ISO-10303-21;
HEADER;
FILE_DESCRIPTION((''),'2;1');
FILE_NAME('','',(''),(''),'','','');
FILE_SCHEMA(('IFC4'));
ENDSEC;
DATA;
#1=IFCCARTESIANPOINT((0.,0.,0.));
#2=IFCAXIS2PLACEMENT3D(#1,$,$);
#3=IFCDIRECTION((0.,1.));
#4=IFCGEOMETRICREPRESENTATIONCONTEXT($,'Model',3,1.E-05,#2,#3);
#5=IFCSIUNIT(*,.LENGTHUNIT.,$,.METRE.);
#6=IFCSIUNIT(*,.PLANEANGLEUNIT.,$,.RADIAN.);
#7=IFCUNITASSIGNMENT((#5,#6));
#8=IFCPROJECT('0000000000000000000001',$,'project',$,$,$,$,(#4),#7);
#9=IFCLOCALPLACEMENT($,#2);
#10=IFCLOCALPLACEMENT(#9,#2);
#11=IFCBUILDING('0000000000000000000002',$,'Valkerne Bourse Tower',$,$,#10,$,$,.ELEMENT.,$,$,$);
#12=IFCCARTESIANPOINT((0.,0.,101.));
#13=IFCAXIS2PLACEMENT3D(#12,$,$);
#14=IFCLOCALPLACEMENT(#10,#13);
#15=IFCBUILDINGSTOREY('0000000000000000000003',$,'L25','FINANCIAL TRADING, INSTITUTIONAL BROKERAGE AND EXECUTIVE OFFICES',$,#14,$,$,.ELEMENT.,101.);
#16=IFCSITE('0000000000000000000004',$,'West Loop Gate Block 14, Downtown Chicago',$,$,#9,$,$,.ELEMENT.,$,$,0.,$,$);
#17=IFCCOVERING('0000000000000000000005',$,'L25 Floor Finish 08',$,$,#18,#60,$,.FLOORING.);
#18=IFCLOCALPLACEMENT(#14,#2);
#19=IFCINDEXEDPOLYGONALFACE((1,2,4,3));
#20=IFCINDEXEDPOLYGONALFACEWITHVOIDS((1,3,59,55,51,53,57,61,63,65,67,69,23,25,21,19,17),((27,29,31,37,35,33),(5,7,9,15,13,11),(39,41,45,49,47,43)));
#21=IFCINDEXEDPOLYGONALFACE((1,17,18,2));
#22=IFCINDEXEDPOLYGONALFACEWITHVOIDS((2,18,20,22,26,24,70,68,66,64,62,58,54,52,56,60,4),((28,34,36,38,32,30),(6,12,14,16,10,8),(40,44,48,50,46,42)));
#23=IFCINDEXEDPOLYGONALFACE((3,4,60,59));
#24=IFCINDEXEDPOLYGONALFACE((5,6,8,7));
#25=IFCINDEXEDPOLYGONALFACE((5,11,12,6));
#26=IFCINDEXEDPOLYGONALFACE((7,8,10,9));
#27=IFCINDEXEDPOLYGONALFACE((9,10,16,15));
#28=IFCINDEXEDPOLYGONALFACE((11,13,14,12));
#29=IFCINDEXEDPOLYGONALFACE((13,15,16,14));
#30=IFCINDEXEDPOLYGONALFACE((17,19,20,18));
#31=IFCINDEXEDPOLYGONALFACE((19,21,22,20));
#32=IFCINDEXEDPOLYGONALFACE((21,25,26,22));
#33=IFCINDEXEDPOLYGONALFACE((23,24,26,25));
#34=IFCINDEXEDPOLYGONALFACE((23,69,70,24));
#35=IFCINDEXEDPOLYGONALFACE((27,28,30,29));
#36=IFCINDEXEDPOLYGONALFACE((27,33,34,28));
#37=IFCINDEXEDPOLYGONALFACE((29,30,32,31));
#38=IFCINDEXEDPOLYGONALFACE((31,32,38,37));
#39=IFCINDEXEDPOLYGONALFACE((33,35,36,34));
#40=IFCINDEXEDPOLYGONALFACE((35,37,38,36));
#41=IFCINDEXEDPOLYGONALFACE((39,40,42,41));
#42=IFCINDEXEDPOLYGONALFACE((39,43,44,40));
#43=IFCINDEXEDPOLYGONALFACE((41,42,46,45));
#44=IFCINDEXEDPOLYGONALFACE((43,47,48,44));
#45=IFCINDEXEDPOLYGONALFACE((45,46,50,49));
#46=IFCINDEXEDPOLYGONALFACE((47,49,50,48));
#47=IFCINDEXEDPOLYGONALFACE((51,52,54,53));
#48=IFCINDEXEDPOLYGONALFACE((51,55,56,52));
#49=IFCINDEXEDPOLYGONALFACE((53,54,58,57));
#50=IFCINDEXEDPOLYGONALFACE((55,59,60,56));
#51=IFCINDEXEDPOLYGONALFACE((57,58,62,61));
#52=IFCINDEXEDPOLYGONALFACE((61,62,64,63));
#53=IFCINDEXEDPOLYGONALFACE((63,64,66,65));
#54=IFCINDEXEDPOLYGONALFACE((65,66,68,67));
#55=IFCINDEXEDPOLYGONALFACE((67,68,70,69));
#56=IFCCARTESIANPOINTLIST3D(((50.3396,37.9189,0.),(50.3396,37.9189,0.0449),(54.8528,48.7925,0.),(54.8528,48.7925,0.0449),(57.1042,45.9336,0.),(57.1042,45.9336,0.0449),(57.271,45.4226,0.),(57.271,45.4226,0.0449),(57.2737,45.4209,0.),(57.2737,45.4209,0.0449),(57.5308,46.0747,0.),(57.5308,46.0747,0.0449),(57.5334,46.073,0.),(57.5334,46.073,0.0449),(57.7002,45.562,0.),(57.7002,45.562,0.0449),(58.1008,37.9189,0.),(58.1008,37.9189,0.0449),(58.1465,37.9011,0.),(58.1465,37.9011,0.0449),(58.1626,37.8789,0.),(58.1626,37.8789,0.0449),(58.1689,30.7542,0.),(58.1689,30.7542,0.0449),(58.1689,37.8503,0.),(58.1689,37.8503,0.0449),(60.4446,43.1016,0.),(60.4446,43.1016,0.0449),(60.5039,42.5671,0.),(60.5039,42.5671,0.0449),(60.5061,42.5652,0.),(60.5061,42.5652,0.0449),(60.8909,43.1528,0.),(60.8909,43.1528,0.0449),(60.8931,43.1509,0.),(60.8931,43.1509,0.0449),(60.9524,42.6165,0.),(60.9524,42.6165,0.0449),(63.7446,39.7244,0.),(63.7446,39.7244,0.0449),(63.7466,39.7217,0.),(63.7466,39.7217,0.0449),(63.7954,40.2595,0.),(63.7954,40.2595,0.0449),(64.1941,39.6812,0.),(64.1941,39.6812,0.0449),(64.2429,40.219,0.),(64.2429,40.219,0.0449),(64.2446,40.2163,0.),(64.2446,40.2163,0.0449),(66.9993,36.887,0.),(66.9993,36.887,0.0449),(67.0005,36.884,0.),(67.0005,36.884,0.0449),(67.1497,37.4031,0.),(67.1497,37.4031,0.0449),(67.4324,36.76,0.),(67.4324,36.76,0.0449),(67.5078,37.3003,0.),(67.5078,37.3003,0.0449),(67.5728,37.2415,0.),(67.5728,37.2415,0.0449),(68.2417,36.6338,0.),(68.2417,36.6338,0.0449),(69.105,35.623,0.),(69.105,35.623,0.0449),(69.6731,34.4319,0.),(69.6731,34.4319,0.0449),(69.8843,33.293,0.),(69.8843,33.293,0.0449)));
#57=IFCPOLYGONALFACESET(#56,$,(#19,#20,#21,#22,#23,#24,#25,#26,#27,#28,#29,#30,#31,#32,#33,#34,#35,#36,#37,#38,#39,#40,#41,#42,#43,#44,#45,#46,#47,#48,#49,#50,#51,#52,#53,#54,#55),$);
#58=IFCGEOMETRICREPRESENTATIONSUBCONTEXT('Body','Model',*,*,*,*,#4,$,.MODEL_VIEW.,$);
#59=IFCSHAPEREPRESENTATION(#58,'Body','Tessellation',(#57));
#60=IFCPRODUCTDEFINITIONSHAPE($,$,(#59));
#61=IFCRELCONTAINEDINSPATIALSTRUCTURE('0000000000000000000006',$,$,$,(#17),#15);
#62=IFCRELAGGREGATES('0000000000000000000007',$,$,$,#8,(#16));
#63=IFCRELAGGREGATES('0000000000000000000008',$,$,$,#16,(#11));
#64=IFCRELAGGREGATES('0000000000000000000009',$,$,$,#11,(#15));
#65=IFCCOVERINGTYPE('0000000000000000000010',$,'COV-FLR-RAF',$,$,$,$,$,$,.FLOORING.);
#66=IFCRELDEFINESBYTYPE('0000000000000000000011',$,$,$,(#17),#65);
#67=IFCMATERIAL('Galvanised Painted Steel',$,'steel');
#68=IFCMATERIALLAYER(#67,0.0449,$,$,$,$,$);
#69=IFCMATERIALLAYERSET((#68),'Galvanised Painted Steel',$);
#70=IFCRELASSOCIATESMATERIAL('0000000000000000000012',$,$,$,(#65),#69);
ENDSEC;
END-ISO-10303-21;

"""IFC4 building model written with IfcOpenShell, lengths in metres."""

from ifc_helpers import new_model, si_unit, direction, frame, origin, place, context, subcontext, project, spatial, polyline, outline, extrude, material, layer, layer_set, type_object, element, save


model = new_model("IFC4")

# Units and contexts
model_context = context("Model", 3, precision=1e-05, world=origin(), true_north=direction((0.0, 1.0)))
body_context = subcontext(model_context, "Body", "Model", "MODEL_VIEW")
ifc_project = project(units=[si_unit("LENGTHUNIT", "METRE"), si_unit("PLANEANGLEUNIT", "RADIAN")], contexts=[model_context])

# Site, building, storey
site_placement = place(None, origin())
site = spatial("IfcSite", under=ifc_project, at=site_placement, Name="West Loop Gate Block 14, Downtown Chicago", CompositionType="ELEMENT", RefElevation=0.0)
building_placement = place(site_placement, origin())
building = spatial("IfcBuilding", under=site, at=building_placement, Name="Valkerne Bourse Tower", CompositionType="ELEMENT")
storey_placement = place(building_placement, frame((0.0, 0.0, 101.0)))
storey = spatial("IfcBuildingStorey", under=building, at=storey_placement, Name="L25", Description="FINANCIAL TRADING, INSTITUTIONAL BROKERAGE AND EXECUTIVE OFFICES", CompositionType="ELEMENT", Elevation=101.0)

# Covering
ifc_material_1 = material(Name="Galvanised Painted Steel", Category="steel")
ifc_layer_1 = layer(ifc_material_1, 0.0449)
ifc_layer_set_1 = layer_set([ifc_layer_1], Name="Galvanised Painted Steel")
covering_type_1 = type_object("IfcCoveringType", Name="COV-FLR-RAF", PredefinedType="FLOORING", material=ifc_layer_set_1)
covering_1_placement = place(storey_placement, origin())
element("IfcCovering", 1, at=covering_1_placement, inside=storey, type_object=covering_type_1, Name="L25 Floor Finish 08", PredefinedType="FLOORING", context=body_context, shape_type="SweptSolid", body=[
    extrude(outline(polyline([(69.6731, 34.4319), (69.8843, 33.293), (58.1689, 30.7542), (58.1689, 37.8503), (58.1626, 37.8789), (58.1465, 37.9011), (58.1008, 37.9189), (50.3396, 37.9189), (54.8528, 48.7925), (67.5078, 37.3003), (67.1497, 37.4031), (66.9993, 36.887), (67.0005, 36.884), (67.4324, 36.76), (67.5728, 37.2415), (68.2417, 36.6338), (69.105, 35.623), (69.6731, 34.4319)]), holes=[polyline([(64.2446, 40.2163), (64.2429, 40.219), (63.7954, 40.2595), (63.7446, 39.7244), (63.7466, 39.7217), (64.1941, 39.6812), (64.2446, 40.2163)]), polyline([(60.8931, 43.1509), (60.8909, 43.1528), (60.4446, 43.1016), (60.5039, 42.5671), (60.5061, 42.5652), (60.9524, 42.6165), (60.8931, 43.1509)]), polyline([(57.7002, 45.562), (57.5334, 46.073), (57.5308, 46.0747), (57.1042, 45.9336), (57.271, 45.4226), (57.2737, 45.4209), (57.7002, 45.562)])]), origin(), (0.0, 0.0, 1.0), 0.0449),
])

save(model, "model.ifc")
